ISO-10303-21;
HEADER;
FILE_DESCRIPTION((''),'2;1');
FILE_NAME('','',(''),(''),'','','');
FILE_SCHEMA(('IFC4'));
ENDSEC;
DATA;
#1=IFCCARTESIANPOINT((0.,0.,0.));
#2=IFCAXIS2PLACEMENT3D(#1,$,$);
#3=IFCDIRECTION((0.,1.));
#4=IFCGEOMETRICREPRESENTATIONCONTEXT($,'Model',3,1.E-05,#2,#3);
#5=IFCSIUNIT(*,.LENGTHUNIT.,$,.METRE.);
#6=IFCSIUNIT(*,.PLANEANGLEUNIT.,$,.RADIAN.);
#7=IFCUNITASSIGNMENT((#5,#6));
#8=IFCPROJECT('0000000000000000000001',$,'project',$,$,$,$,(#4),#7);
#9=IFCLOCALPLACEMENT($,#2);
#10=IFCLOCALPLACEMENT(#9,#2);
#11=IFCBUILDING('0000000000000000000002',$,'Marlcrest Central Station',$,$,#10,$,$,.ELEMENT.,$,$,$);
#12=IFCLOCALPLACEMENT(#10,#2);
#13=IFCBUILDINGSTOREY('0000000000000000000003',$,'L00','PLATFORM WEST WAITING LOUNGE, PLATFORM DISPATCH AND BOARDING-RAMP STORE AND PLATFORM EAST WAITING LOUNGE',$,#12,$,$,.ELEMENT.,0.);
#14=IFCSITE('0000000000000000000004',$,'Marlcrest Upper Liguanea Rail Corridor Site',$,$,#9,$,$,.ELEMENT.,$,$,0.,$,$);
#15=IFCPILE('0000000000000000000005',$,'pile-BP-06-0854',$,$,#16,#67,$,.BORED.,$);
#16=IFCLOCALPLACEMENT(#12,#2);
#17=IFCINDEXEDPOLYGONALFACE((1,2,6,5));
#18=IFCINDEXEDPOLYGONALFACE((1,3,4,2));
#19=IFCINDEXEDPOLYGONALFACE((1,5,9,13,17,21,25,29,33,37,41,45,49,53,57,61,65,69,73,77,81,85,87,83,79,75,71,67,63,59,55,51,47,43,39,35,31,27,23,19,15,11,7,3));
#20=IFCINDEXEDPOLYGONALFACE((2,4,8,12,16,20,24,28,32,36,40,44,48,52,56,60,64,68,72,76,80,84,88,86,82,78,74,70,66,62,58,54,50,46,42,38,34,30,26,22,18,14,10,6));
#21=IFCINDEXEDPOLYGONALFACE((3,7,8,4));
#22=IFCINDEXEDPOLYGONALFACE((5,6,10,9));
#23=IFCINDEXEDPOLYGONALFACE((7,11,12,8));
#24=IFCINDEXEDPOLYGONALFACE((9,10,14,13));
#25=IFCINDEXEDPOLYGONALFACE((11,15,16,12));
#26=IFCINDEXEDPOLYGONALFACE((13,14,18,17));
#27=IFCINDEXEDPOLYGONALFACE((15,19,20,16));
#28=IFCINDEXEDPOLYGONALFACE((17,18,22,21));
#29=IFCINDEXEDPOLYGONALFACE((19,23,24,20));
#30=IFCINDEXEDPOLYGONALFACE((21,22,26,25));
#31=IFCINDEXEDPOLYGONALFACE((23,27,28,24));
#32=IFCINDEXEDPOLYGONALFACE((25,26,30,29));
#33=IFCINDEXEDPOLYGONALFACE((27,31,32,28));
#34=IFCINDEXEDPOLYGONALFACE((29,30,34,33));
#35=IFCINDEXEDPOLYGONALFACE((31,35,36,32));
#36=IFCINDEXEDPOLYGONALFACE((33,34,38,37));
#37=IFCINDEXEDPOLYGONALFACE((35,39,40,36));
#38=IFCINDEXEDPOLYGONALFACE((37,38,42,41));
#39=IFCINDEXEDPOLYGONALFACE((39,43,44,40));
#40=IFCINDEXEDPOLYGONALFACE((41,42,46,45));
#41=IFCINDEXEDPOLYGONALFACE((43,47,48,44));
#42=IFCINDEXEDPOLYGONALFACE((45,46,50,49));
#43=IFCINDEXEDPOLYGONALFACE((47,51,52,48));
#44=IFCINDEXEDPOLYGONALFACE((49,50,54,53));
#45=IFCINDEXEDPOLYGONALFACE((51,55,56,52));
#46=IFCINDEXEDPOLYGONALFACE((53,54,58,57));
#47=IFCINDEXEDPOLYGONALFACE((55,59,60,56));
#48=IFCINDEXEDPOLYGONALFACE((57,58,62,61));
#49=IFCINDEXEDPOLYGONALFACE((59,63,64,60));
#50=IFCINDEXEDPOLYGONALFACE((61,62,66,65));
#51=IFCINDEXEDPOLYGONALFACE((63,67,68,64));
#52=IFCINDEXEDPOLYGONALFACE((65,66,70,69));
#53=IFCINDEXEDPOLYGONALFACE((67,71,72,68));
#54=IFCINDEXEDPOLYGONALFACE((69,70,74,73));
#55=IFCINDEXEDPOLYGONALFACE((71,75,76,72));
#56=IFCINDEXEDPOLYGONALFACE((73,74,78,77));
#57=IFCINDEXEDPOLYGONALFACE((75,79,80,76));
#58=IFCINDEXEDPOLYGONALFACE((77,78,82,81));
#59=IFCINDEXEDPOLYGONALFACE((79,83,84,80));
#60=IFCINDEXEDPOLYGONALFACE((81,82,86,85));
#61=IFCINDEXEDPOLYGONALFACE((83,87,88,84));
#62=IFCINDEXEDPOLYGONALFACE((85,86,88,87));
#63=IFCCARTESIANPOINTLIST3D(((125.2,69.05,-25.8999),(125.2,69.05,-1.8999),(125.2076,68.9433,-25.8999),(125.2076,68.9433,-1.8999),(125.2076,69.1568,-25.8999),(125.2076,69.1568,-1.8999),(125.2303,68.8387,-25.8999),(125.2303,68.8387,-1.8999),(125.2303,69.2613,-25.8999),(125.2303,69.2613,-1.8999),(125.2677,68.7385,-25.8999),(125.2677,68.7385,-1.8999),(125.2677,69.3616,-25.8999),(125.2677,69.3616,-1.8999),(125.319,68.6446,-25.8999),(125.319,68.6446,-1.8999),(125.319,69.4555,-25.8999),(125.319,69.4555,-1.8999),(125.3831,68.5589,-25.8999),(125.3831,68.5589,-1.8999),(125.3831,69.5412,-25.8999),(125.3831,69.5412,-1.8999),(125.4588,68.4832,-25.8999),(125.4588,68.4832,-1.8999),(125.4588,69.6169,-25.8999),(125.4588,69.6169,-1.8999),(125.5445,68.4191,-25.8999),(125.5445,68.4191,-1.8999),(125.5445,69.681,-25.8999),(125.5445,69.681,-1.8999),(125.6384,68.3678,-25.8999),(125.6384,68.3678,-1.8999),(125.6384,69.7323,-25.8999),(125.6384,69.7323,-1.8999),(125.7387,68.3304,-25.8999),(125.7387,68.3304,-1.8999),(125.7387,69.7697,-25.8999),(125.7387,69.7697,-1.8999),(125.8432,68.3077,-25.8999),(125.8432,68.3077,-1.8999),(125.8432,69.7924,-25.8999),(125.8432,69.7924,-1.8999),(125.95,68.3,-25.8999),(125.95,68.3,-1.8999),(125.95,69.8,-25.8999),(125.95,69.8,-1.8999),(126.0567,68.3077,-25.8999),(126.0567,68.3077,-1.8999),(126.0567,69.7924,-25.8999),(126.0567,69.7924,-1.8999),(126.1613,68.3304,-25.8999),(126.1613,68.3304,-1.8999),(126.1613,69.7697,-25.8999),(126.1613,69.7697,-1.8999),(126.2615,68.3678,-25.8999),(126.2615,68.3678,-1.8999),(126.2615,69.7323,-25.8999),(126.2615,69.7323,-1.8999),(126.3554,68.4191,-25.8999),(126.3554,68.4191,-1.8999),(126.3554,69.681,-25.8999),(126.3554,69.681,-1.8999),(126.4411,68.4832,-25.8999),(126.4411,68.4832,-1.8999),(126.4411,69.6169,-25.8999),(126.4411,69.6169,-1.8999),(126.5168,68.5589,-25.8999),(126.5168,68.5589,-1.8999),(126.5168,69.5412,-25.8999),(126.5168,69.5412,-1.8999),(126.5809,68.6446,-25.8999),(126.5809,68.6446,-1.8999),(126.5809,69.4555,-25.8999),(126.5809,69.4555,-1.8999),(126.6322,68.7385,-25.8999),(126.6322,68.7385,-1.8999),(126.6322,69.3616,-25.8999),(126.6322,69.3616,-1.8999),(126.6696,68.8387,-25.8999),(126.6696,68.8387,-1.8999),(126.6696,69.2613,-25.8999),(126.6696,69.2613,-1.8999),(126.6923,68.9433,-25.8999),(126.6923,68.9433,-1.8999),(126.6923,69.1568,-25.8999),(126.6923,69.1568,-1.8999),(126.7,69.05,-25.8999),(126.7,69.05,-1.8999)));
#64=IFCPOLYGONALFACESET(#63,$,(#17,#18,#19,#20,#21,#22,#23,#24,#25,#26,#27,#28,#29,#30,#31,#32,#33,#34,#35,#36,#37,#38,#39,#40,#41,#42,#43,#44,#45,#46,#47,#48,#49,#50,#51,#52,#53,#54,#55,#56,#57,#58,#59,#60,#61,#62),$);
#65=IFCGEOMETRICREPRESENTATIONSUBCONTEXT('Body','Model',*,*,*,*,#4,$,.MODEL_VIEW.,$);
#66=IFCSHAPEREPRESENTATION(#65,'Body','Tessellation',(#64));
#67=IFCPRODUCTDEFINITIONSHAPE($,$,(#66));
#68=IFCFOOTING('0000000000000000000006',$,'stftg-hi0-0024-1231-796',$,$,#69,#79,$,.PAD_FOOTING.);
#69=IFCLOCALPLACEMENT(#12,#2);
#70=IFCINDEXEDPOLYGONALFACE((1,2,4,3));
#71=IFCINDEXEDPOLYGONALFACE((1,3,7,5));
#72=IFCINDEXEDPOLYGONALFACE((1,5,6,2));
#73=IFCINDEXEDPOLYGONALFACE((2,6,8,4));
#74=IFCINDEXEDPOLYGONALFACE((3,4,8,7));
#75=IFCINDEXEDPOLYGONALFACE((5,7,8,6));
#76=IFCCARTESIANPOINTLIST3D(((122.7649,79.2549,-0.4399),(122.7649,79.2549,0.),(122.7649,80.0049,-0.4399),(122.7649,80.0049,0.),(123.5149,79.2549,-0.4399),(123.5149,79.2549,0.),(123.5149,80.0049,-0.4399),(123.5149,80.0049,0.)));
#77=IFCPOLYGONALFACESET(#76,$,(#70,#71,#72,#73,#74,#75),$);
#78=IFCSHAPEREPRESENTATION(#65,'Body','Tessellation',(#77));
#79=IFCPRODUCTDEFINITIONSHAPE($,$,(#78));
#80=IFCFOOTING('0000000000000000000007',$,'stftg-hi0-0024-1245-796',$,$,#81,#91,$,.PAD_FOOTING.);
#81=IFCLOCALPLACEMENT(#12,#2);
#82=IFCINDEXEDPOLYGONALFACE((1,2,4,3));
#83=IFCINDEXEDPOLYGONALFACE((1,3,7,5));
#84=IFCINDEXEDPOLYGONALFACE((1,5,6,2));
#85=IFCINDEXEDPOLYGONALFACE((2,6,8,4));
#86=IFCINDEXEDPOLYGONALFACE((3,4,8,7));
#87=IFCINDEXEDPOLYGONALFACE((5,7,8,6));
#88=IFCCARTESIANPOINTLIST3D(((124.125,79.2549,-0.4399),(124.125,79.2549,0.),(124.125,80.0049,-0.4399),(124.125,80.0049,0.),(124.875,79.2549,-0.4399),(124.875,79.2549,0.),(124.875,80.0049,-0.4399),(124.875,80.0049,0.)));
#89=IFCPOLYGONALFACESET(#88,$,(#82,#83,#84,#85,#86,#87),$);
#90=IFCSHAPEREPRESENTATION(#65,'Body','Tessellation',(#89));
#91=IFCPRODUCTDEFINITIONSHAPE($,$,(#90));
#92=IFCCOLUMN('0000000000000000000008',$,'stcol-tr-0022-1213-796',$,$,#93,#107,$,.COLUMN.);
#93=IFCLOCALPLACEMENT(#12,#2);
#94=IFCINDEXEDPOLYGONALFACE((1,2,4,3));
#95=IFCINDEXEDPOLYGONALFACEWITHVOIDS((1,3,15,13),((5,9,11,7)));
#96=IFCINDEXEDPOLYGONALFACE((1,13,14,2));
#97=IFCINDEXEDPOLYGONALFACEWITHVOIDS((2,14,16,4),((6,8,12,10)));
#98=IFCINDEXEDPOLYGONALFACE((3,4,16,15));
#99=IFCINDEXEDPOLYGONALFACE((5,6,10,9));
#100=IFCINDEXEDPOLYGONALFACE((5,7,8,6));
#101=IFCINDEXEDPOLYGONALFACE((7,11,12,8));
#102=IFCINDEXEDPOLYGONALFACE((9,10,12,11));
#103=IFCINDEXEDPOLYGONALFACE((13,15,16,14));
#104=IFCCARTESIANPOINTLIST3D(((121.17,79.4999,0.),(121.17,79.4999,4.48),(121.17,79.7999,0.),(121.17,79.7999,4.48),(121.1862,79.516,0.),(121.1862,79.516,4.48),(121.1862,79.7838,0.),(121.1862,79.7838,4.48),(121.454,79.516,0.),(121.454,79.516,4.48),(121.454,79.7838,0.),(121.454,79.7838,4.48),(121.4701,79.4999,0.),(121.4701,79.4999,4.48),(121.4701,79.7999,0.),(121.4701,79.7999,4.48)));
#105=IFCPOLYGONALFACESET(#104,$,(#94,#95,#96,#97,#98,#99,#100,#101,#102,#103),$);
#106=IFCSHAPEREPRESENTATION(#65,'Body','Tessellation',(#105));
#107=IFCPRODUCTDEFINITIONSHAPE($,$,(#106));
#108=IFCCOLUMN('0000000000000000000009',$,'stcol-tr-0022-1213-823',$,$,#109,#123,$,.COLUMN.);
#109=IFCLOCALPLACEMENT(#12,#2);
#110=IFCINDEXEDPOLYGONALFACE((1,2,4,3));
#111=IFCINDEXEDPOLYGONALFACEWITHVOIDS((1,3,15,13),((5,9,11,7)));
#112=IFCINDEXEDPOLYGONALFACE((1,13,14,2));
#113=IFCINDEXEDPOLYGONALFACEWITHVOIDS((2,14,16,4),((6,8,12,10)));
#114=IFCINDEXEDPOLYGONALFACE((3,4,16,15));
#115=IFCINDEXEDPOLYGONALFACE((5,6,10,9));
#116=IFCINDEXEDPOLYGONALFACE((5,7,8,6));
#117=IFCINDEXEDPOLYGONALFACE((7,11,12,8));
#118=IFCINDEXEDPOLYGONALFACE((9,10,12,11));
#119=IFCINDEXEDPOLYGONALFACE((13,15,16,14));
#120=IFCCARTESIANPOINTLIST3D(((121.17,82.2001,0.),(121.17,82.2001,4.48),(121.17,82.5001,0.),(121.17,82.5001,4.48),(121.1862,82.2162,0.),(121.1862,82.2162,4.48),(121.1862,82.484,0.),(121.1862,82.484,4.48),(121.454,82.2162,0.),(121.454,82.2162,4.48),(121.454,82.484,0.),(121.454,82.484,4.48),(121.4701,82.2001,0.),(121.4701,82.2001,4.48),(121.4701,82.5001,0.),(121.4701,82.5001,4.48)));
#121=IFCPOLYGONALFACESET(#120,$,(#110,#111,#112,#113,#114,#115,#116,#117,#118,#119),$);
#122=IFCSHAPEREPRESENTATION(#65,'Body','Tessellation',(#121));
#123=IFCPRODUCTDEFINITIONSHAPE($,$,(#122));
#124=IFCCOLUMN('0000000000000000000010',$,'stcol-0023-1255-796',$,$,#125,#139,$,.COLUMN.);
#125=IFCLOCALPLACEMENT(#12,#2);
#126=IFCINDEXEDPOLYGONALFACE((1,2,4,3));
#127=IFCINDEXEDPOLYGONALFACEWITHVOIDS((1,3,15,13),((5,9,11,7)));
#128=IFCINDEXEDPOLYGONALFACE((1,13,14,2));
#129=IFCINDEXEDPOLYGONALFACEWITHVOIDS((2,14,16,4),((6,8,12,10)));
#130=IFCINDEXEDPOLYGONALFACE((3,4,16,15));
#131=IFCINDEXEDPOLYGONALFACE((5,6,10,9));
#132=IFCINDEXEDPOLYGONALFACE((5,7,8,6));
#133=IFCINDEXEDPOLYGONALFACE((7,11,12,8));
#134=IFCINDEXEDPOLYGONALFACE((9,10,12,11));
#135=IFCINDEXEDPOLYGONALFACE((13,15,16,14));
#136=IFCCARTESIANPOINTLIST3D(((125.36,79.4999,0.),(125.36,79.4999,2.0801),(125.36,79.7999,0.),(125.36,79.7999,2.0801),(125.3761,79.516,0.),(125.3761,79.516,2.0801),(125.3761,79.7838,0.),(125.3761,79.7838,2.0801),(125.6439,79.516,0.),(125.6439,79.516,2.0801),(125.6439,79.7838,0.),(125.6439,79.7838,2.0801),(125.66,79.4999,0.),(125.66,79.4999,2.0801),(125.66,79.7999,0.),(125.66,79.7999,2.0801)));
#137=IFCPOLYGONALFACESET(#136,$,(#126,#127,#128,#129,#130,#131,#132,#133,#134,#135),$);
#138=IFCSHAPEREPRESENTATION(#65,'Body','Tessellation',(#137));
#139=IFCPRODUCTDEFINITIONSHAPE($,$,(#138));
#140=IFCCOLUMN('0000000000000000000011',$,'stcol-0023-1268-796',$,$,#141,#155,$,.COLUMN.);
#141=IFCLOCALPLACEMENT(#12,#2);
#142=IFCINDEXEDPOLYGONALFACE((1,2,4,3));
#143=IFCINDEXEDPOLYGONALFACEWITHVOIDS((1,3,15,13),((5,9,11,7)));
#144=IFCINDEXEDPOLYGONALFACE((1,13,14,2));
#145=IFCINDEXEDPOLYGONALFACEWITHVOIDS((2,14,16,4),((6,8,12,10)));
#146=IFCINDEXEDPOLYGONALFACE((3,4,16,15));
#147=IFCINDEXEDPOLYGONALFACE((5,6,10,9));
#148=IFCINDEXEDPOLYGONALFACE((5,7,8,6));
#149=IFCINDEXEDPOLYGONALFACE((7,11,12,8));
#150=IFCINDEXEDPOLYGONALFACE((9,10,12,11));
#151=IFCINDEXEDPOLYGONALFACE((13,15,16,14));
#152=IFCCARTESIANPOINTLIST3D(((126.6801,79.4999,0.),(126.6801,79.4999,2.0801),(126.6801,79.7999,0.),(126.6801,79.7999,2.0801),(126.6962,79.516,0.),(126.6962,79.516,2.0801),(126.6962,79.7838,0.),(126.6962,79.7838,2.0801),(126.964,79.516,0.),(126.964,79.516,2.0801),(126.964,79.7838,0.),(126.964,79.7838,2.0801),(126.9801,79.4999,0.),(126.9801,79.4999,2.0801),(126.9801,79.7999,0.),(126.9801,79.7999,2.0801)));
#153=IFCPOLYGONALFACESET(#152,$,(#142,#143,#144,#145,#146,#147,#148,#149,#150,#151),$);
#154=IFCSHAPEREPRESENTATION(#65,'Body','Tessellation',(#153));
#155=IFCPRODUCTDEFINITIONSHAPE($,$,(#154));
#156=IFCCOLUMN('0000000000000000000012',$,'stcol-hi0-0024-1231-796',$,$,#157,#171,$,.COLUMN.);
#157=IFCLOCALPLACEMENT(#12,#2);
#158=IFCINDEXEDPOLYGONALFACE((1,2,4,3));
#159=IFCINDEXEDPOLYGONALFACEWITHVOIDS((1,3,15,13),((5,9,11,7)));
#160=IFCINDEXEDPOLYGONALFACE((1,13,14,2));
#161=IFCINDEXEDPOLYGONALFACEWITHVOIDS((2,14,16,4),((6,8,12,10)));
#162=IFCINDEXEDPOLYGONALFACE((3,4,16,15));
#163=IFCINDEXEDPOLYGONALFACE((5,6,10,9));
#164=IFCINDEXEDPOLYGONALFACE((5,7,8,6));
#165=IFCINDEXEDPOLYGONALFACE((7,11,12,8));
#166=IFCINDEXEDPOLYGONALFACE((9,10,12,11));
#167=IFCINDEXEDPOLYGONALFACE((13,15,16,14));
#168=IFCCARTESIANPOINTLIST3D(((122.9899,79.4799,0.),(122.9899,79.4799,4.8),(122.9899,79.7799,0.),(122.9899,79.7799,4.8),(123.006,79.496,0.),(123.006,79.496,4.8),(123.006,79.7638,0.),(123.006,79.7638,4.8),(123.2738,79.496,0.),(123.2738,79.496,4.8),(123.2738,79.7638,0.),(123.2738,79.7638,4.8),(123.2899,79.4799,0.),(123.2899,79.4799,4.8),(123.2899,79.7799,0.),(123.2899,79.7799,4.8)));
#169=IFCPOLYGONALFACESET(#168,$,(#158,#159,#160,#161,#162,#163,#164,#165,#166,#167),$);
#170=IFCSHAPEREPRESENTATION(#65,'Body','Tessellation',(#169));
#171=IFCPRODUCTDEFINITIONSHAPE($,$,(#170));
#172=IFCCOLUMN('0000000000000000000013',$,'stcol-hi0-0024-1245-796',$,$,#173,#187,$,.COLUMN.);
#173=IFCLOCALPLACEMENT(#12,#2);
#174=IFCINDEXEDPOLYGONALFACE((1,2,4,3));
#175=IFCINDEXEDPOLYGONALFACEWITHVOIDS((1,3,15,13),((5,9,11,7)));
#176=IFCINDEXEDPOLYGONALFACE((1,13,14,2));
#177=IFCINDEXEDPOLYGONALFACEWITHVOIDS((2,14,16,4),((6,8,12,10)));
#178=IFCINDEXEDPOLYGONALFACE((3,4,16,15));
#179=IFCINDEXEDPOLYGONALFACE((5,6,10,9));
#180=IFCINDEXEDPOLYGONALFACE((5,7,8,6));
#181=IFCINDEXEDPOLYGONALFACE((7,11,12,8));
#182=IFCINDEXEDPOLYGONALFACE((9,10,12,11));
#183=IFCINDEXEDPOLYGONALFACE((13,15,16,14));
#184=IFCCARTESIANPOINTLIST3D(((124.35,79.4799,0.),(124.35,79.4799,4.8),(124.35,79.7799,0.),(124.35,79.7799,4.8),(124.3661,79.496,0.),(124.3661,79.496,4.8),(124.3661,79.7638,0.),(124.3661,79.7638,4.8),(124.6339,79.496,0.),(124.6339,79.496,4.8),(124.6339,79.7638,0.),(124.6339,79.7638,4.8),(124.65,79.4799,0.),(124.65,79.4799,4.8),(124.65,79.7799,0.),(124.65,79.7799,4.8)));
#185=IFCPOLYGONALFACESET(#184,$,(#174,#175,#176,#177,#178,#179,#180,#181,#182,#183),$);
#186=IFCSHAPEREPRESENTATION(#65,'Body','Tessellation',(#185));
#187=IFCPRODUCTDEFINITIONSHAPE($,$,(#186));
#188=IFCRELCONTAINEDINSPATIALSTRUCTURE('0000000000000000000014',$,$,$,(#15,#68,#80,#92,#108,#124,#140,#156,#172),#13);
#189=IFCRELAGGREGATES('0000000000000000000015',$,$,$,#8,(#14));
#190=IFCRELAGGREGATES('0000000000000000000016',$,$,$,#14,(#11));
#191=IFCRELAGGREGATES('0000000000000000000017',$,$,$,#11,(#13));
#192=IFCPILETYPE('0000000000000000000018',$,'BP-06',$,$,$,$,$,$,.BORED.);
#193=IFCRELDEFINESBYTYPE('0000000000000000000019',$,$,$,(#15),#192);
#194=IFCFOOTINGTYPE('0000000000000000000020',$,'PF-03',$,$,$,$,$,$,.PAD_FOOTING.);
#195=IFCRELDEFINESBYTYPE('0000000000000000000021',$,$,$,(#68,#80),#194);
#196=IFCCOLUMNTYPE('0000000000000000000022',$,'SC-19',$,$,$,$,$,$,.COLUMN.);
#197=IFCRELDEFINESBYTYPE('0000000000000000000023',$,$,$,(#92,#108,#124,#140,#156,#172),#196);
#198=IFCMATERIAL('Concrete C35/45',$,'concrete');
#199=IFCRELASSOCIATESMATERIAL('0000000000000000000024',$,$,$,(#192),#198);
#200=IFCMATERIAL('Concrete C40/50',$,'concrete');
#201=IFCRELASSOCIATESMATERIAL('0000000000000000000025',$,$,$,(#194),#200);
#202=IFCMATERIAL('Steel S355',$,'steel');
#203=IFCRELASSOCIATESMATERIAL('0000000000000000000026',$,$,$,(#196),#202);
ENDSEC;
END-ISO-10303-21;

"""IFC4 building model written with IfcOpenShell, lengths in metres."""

from ifc_helpers import new_model, si_unit, direction, frame, origin, origin_2d, place, context, subcontext, project, spatial, rectangle, hollow_rectangle, circle, extrude, material, material_profile, profile_set, type_object, element, save


model = new_model("IFC4")

# Units and contexts
model_context = context("Model", 3, precision=1e-05, world=origin(), true_north=direction((0.0, 1.0)))
body_context = subcontext(model_context, "Body", "Model", "MODEL_VIEW")
ifc_project = project(units=[si_unit("LENGTHUNIT", "METRE"), si_unit("PLANEANGLEUNIT", "RADIAN")], contexts=[model_context])

# Site, building, storey
site_placement = place(None, origin())
site = spatial("IfcSite", under=ifc_project, at=site_placement, Name="Marlcrest Upper Liguanea Rail Corridor Site", CompositionType="ELEMENT", RefElevation=0.0)
building_placement = place(site_placement, origin())
building = spatial("IfcBuilding", under=site, at=building_placement, Name="Marlcrest Central Station", CompositionType="ELEMENT")
storey_placement = place(building_placement, origin())
storey = spatial("IfcBuildingStorey", under=building, at=storey_placement, Name="L00", Description="PLATFORM WEST WAITING LOUNGE, PLATFORM DISPATCH AND BOARDING-RAMP STORE AND PLATFORM EAST WAITING LOUNGE", CompositionType="ELEMENT", Elevation=0.0)

# Pile
ifc_material_1 = material(Name="Concrete C35/45", Category="concrete")
ifc_material_profile_1 = material_profile(ifc_material_1, circle(Radius=0.75, at=origin_2d()), Name="PILE D1500")
ifc_profile_set_1 = profile_set([ifc_material_profile_1], Name="Concrete C35/45")
pile_type_1 = type_object("IfcPileType", Name="BP-06", PredefinedType="BORED", material=ifc_profile_set_1)
for number, where, z_axis, x_axis, name in (
    (1, (125.95, 69.05, -1.8999), (0.0, 0.0, -1.0), (1.0, 0.0, 0.0), "pile-BP-06-0854"),
):
    element("IfcPile", number, at=place(storey_placement, frame(where, z_axis=z_axis, x_axis=x_axis)), inside=storey, type_object=pile_type_1, Name=name, PredefinedType="BORED", context=body_context, shape_type="SweptSolid", body=[
        extrude(circle(Radius=0.75, at=origin_2d()), origin(), (0.0, 0.0, 1.0), 24.0),
    ])

# Footings
ifc_material_2 = material(Name="Concrete C40/50", Category="concrete")
footing_type = type_object("IfcFootingType", Name="PF-03", PredefinedType="PAD_FOOTING", material=ifc_material_2)
for number, where, z_axis, x_axis, name in (
    (2, (123.1399, 79.6299, -0.4399), (0.0, 0.0, 1.0), (1.0, 0.0, 0.0), "stftg-hi0-0024-1231-796"),
    (3, (124.5, 79.6299, -0.4399), (0.0, 0.0, 1.0), (1.0, 0.0, 0.0), "stftg-hi0-0024-1245-796"),
):
    element("IfcFooting", number, at=place(storey_placement, frame(where, z_axis=z_axis, x_axis=x_axis)), inside=storey, type_object=footing_type, Name=name, PredefinedType="PAD_FOOTING", context=body_context, shape_type="SweptSolid", body=[
        extrude(rectangle(XDim=0.75, YDim=0.75, at=origin_2d()), origin(), (0.0, 0.0, 1.0), 0.4399),
    ])

# Columns
ifc_material_3 = material(Name="Steel S355", Category="steel")
ifc_material_profile_2 = material_profile(ifc_material_3, hollow_rectangle(XDim=0.3, YDim=0.3, WallThickness=0.0161, at=origin_2d()), Name="SHS 300x300x16")
ifc_profile_set_2 = profile_set([ifc_material_profile_2], Name="Steel S355")
column_type = type_object("IfcColumnType", Name="SC-19", PredefinedType="COLUMN", material=ifc_profile_set_2)
for number, where, z_axis, x_axis, name in (
    (4, (121.3201, 79.6499, 0.0), (0.0, 0.0, 1.0), (1.0, 0.0, 0.0), "stcol-tr-0022-1213-796"),
    (5, (121.3201, 82.3501, 0.0), (0.0, 0.0, 1.0), (1.0, 0.0, 0.0), "stcol-tr-0022-1213-823"),
):
    element("IfcColumn", number, at=place(storey_placement, frame(where, z_axis=z_axis, x_axis=x_axis)), inside=storey, type_object=column_type, Name=name, PredefinedType="COLUMN", context=body_context, shape_type="SweptSolid", body=[
        extrude(hollow_rectangle(XDim=0.3, YDim=0.3, WallThickness=0.0161, at=origin_2d()), origin(), (0.0, 0.0, 1.0), 4.48),
    ])
for number, where, z_axis, x_axis, name in (
    (6, (125.51, 79.6499, 0.0), (0.0, 0.0, 1.0), (1.0, 0.0, 0.0), "stcol-0023-1255-796"),
    (7, (126.8301, 79.6499, 0.0), (0.0, 0.0, 1.0), (1.0, 0.0, 0.0), "stcol-0023-1268-796"),
):
    element("IfcColumn", number, at=place(storey_placement, frame(where, z_axis=z_axis, x_axis=x_axis)), inside=storey, type_object=column_type, Name=name, PredefinedType="COLUMN", context=body_context, shape_type="SweptSolid", body=[
        extrude(hollow_rectangle(XDim=0.3, YDim=0.3, WallThickness=0.0161, at=origin_2d()), origin(), (0.0, 0.0, 1.0), 2.0801),
    ])
for number, where, z_axis, x_axis, name in (
    (8, (123.1399, 79.6299, 0.0), (0.0, 0.0, 1.0), (1.0, 0.0, 0.0), "stcol-hi0-0024-1231-796"),
    (9, (124.5, 79.6299, 0.0), (0.0, 0.0, 1.0), (1.0, 0.0, 0.0), "stcol-hi0-0024-1245-796"),
):
    element("IfcColumn", number, at=place(storey_placement, frame(where, z_axis=z_axis, x_axis=x_axis)), inside=storey, type_object=column_type, Name=name, PredefinedType="COLUMN", context=body_context, shape_type="SweptSolid", body=[
        extrude(hollow_rectangle(XDim=0.3, YDim=0.3, WallThickness=0.0161, at=origin_2d()), origin(), (0.0, 0.0, 1.0), 4.8),
    ])

save(model, "model.ifc")
